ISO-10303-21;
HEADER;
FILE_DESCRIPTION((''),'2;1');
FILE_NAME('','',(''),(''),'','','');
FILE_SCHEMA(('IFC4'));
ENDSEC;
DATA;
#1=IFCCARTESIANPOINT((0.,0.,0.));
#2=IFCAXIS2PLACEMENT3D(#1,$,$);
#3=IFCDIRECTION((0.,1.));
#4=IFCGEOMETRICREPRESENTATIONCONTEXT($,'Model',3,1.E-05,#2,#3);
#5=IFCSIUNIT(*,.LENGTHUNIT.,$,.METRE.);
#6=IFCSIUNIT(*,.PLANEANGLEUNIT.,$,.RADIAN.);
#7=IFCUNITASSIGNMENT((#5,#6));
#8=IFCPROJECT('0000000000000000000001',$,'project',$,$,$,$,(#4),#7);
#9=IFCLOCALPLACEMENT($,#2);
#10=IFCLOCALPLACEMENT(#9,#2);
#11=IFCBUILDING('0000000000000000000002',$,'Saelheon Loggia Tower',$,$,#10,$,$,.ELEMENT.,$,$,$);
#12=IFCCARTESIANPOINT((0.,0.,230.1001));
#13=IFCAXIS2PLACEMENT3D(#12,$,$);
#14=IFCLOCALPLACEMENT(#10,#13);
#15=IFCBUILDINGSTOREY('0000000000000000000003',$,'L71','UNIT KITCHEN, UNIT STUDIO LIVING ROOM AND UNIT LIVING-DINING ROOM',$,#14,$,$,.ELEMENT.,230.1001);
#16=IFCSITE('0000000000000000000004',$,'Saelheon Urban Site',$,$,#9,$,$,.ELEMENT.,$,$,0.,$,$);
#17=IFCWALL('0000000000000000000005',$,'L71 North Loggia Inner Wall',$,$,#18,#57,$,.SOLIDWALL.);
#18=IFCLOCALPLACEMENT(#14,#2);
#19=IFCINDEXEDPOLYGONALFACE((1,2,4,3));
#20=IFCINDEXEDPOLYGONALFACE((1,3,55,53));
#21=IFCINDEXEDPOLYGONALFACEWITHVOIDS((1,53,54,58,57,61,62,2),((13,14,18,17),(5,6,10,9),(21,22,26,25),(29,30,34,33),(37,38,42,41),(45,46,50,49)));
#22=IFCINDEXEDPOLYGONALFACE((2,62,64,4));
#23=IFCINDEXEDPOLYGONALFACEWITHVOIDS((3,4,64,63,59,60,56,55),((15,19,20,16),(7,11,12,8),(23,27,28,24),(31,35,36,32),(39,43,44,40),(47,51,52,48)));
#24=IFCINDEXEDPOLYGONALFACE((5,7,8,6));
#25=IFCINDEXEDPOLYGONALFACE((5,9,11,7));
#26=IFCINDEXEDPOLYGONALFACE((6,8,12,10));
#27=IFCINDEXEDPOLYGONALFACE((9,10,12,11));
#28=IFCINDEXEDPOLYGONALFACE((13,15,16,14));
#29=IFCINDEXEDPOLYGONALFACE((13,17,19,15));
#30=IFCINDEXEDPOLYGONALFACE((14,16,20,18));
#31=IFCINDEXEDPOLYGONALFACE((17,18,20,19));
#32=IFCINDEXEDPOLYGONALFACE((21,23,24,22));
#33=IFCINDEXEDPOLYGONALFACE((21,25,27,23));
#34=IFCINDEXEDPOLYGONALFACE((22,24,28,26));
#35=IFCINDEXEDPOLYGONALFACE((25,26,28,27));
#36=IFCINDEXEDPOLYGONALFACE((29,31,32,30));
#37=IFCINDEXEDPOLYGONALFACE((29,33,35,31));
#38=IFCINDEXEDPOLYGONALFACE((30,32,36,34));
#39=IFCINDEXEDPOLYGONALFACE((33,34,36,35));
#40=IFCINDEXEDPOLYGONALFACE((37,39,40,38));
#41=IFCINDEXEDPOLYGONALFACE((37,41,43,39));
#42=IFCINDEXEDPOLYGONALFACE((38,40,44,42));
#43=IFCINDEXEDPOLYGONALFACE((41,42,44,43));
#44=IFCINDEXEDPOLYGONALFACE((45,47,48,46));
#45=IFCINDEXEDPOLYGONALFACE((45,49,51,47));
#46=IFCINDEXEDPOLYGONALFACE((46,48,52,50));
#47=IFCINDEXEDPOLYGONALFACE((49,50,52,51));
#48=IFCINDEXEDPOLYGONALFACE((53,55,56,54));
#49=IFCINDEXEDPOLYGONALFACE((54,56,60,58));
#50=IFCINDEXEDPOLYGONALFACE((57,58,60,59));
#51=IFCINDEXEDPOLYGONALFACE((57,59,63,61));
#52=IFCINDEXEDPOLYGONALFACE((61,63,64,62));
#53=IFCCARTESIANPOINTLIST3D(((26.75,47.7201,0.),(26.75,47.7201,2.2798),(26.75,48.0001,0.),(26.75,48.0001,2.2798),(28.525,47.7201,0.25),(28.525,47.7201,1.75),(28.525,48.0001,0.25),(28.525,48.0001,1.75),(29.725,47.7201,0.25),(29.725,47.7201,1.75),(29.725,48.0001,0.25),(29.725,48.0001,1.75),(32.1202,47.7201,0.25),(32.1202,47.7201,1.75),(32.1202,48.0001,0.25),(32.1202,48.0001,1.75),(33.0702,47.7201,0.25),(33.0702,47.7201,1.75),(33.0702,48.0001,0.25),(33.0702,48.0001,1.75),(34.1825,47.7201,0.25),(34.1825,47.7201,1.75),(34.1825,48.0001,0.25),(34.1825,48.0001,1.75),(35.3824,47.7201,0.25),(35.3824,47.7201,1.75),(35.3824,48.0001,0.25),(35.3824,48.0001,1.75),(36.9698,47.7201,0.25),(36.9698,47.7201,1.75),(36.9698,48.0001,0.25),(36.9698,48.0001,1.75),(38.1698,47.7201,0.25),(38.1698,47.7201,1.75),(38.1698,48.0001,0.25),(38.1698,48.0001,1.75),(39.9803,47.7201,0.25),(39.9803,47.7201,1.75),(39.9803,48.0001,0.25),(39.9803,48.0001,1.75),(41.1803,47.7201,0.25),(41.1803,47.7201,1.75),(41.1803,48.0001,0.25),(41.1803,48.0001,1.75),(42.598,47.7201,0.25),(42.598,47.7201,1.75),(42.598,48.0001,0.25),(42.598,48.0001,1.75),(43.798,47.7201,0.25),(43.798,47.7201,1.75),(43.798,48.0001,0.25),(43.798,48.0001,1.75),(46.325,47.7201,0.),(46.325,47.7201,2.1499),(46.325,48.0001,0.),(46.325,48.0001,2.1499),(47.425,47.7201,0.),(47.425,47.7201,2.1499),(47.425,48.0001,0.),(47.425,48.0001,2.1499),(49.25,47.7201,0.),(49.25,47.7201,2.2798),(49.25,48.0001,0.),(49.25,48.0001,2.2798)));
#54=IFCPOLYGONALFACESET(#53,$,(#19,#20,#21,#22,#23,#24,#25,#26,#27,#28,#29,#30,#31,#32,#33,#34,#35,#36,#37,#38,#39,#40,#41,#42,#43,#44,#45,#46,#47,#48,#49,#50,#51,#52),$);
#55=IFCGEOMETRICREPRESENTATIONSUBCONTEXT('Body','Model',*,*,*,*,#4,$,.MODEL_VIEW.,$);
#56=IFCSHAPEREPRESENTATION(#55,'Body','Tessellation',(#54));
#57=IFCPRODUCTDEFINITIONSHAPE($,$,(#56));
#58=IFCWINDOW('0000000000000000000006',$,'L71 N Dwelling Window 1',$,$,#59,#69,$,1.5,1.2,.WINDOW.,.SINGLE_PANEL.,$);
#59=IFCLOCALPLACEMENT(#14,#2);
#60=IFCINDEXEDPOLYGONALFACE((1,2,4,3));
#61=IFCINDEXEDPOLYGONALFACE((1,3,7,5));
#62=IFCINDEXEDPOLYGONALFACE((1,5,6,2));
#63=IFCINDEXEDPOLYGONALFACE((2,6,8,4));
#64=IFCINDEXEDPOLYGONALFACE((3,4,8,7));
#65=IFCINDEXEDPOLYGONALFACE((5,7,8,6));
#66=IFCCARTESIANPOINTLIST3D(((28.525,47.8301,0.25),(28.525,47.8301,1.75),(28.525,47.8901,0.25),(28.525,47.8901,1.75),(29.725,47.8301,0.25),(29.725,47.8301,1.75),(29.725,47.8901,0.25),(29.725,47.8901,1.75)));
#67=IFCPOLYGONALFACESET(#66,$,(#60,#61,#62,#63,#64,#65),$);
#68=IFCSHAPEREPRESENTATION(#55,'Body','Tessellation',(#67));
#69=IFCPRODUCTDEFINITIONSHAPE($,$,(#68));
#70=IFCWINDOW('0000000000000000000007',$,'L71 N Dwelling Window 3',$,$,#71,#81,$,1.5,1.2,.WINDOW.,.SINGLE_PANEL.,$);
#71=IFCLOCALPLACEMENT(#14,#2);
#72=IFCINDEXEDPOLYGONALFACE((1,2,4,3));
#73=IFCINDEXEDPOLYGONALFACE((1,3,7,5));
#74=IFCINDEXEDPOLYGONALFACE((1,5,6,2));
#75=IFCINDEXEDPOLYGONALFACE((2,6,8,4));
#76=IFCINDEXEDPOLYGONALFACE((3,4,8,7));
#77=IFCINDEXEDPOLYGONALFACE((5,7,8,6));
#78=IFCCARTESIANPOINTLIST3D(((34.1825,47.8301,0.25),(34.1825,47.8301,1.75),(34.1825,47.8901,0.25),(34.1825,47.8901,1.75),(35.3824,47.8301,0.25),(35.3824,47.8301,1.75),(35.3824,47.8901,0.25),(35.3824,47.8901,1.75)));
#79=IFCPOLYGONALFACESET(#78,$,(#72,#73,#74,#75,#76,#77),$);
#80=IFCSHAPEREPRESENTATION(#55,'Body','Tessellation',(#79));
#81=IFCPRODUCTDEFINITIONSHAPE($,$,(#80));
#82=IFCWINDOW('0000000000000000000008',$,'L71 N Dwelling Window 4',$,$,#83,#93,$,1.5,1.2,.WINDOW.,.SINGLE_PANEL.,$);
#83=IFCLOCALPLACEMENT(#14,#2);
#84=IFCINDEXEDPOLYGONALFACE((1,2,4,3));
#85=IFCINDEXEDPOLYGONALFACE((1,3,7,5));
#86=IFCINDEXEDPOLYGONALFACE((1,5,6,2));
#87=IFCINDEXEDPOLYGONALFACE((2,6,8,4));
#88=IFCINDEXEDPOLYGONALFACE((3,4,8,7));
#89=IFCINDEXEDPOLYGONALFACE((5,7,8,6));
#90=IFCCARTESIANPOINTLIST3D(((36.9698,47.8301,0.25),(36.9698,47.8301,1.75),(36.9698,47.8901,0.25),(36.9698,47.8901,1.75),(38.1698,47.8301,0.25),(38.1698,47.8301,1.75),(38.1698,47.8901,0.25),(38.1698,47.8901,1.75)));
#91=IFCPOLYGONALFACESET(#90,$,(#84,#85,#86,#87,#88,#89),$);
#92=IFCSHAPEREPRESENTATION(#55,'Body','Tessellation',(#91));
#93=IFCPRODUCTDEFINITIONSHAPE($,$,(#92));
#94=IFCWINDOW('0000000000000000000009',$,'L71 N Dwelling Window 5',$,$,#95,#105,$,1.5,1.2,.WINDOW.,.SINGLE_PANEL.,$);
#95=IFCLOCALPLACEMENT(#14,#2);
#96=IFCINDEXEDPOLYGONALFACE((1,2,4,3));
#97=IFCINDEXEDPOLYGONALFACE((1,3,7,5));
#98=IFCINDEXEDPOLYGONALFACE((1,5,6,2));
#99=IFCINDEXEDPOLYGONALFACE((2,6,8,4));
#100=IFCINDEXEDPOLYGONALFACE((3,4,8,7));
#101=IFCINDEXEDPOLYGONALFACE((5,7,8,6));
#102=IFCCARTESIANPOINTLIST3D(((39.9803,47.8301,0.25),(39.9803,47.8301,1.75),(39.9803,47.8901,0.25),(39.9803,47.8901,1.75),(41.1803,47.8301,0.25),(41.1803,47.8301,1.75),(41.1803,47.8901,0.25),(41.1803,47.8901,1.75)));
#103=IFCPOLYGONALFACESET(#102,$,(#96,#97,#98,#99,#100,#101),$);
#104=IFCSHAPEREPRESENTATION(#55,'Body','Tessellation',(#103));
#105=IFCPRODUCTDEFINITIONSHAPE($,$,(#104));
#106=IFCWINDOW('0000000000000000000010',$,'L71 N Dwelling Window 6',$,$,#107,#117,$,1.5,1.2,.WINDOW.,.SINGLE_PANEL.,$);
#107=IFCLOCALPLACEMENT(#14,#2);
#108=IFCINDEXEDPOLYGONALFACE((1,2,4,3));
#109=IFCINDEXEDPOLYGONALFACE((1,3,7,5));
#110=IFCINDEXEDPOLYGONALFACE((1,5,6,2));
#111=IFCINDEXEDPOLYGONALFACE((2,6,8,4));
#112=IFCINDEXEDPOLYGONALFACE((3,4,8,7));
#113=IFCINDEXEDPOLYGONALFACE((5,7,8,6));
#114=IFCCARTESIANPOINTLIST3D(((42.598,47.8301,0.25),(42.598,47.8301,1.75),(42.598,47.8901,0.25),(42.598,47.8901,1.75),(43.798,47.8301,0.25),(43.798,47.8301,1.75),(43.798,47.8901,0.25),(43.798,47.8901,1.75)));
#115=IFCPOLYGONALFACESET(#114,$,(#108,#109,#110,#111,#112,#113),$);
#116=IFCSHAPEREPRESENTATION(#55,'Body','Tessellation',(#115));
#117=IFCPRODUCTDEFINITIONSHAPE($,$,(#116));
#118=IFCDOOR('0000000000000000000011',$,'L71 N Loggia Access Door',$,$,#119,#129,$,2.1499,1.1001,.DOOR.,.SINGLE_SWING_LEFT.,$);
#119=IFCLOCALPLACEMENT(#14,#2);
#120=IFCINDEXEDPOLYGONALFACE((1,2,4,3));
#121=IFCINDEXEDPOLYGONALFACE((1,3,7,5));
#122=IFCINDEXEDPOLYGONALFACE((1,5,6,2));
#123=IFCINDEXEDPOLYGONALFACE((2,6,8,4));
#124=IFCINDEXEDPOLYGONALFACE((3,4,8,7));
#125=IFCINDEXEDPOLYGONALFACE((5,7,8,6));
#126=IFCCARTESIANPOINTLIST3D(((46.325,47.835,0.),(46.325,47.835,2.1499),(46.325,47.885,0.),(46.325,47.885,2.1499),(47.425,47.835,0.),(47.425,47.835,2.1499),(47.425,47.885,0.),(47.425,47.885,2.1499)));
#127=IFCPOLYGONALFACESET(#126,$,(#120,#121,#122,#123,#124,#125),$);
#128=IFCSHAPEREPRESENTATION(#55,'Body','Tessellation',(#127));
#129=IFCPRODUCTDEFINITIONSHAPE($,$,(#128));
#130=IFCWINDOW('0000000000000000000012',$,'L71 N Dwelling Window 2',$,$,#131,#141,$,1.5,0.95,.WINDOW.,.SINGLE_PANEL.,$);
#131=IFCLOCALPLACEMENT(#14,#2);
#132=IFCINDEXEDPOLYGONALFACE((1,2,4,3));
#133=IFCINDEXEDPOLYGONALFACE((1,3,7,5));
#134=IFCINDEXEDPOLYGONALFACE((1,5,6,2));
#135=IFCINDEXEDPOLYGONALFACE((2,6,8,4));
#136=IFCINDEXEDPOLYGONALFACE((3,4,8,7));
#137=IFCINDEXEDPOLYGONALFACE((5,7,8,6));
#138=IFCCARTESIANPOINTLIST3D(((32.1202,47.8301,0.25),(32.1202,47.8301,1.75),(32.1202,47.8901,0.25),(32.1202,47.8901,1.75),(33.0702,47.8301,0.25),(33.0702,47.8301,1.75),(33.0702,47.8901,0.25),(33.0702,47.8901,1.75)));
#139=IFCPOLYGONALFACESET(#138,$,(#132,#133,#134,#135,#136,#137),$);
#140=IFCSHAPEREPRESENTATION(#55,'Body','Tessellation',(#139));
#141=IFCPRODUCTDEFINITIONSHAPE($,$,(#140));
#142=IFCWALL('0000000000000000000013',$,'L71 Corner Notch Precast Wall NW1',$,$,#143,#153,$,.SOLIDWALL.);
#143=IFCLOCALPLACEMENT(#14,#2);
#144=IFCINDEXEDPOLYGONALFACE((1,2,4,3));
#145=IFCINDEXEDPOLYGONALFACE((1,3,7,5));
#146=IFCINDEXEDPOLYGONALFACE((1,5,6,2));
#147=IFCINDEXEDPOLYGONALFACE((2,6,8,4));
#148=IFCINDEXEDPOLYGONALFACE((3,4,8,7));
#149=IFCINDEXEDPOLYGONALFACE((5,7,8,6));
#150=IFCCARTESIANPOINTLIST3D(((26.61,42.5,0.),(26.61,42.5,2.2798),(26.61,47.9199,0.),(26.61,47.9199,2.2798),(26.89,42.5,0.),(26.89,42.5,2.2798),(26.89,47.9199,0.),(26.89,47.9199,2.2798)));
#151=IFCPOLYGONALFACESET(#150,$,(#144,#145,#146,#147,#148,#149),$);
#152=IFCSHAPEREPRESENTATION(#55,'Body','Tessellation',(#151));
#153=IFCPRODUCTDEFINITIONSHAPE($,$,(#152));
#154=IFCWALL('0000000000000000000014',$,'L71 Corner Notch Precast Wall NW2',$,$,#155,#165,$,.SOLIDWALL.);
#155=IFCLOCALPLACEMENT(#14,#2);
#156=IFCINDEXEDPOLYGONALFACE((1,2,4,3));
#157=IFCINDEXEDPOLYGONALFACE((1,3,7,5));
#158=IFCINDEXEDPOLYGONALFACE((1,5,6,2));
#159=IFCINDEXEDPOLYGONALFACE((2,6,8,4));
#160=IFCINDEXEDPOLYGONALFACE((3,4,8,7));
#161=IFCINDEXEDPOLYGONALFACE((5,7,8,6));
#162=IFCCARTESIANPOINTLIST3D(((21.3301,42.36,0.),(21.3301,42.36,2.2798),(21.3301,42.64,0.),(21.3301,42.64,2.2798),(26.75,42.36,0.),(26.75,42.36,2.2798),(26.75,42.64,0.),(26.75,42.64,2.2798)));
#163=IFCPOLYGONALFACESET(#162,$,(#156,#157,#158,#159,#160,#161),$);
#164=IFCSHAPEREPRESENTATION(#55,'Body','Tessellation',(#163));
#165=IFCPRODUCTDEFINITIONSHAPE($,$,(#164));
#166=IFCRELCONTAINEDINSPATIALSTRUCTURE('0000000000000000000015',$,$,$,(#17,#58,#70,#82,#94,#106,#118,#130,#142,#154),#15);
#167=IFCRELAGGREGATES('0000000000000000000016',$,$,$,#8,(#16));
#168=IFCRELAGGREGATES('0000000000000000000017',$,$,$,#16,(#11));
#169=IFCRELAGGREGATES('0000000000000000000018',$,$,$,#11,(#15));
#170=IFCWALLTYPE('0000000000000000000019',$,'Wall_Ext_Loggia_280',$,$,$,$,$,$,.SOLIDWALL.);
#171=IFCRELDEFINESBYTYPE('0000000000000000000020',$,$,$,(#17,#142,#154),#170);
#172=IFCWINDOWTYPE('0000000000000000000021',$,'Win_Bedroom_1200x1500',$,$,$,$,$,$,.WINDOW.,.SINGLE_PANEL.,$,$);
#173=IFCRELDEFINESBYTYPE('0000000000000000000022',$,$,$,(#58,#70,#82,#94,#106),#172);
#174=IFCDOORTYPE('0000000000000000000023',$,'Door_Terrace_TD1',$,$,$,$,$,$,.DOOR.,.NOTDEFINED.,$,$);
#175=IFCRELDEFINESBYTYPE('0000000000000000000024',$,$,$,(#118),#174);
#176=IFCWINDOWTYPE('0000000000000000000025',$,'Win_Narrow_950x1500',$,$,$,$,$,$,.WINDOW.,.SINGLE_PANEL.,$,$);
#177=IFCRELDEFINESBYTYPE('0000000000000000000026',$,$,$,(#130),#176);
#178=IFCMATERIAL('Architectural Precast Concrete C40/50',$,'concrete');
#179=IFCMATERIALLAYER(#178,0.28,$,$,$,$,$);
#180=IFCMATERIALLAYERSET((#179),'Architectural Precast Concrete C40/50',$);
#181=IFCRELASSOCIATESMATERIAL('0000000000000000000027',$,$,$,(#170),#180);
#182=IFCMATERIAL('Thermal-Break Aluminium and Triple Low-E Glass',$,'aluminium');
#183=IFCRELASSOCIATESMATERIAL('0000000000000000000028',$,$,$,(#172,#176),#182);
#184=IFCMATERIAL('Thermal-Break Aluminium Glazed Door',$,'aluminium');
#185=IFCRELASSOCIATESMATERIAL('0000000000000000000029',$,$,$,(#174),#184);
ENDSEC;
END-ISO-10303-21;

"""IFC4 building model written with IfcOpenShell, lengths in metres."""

from ifc_helpers import new_model, si_unit, direction, frame, frame_2d, origin, place, context, subcontext, project, spatial, rectangle, extrude, source, transform, mapped, material, layer, layer_set, type_object, element, fill, save


model = new_model("IFC4")

# Units and contexts
model_context = context("Model", 3, precision=1e-05, world=origin(), true_north=direction((0.0, 1.0)))
body_context = subcontext(model_context, "Body", "Model", "MODEL_VIEW")
ifc_project = project(units=[si_unit("LENGTHUNIT", "METRE"), si_unit("PLANEANGLEUNIT", "RADIAN")], contexts=[model_context])

# Site, building, storey
site_placement = place(None, origin())
site = spatial("IfcSite", under=ifc_project, at=site_placement, Name="Saelheon Urban Site", CompositionType="ELEMENT", RefElevation=0.0)
building_placement = place(site_placement, origin())
building = spatial("IfcBuilding", under=site, at=building_placement, Name="Saelheon Loggia Tower", CompositionType="ELEMENT")
storey_placement = place(building_placement, frame((0.0, 0.0, 230.1001)))
storey = spatial("IfcBuildingStorey", under=building, at=storey_placement, Name="L71", Description="UNIT KITCHEN, UNIT STUDIO LIVING ROOM AND UNIT LIVING-DINING ROOM", CompositionType="ELEMENT", Elevation=230.1001)

# Wall, openings, windows, door
ifc_material_1 = material(Name="Architectural Precast Concrete C40/50", Category="concrete")
ifc_layer_1 = layer(ifc_material_1, 0.28)
ifc_layer_set_1 = layer_set([ifc_layer_1], Name="Architectural Precast Concrete C40/50")
wall_type_1 = type_object("IfcWallType", Name="Wall_Ext_Loggia_280", PredefinedType="SOLIDWALL", material=ifc_layer_set_1)
wall_1_placement = place(storey_placement, frame((26.75, 47.8601, 0.0), z_axis=(0.0, 0.0, 1.0), x_axis=(1.0, 0.0, 0.0)))
wall_1 = element("IfcWall", 1, at=wall_1_placement, inside=storey, type_object=wall_type_1, Name="L71 North Loggia Inner Wall", PredefinedType="SOLIDWALL", context=body_context, shape_type="SweptSolid", body=[
    extrude(rectangle(XDim=22.5, YDim=0.28, at=frame_2d((11.25, 0.0))), origin(), (0.0, 0.0, 1.0), 2.2798),
])
opening_1_placement = place(wall_1_placement, frame((1.7749, 0.0, 0.25)))
opening_1 = element("IfcOpeningElement", 2, at=opening_1_placement, cuts=wall_1, PredefinedType="OPENING", context=body_context, shape_type="SweptSolid", body=[
    extrude(rectangle(XDim=1.2, YDim=1.5, at=frame_2d((0.6001, 0.75))), frame((0.0, 0.1521, 0.0), z_axis=(0.0, -1.0, 0.0), x_axis=(1.0, 0.0, 0.0)), (0.0, 0.0, 1.0), 0.304),
])
opening_2_placement = place(wall_1_placement, frame((5.3701, 0.0, 0.25)))
opening_2 = element("IfcOpeningElement", 3, at=opening_2_placement, cuts=wall_1, PredefinedType="OPENING", context=body_context, shape_type="SweptSolid", body=[
    extrude(rectangle(XDim=0.95, YDim=1.5, at=frame_2d((0.4751, 0.75))), frame((0.0, 0.1521, 0.0), z_axis=(0.0, -1.0, 0.0), x_axis=(1.0, 0.0, 0.0)), (0.0, 0.0, 1.0), 0.304),
])
opening_3_placement = place(wall_1_placement, frame((7.4324, 0.0, 0.25)))
opening_3 = element("IfcOpeningElement", 4, at=opening_3_placement, cuts=wall_1, PredefinedType="OPENING", context=body_context, shape_type="SweptSolid", body=[
    extrude(rectangle(XDim=1.2, YDim=1.5, at=frame_2d((0.6001, 0.75))), frame((0.0, 0.1521, 0.0), z_axis=(0.0, -1.0, 0.0), x_axis=(1.0, 0.0, 0.0)), (0.0, 0.0, 1.0), 0.304),
])
opening_4_placement = place(wall_1_placement, frame((10.2197, 0.0, 0.25)))
opening_4 = element("IfcOpeningElement", 5, at=opening_4_placement, cuts=wall_1, PredefinedType="OPENING", context=body_context, shape_type="SweptSolid", body=[
    extrude(rectangle(XDim=1.2, YDim=1.5, at=frame_2d((0.6001, 0.75))), frame((0.0, 0.1521, 0.0), z_axis=(0.0, -1.0, 0.0), x_axis=(1.0, 0.0, 0.0)), (0.0, 0.0, 1.0), 0.304),
])
opening_5_placement = place(wall_1_placement, frame((13.2302, 0.0, 0.25)))
opening_5 = element("IfcOpeningElement", 6, at=opening_5_placement, cuts=wall_1, PredefinedType="OPENING", context=body_context, shape_type="SweptSolid", body=[
    extrude(rectangle(XDim=1.2, YDim=1.5, at=frame_2d((0.6001, 0.75))), frame((0.0, 0.1521, 0.0), z_axis=(0.0, -1.0, 0.0), x_axis=(1.0, 0.0, 0.0)), (0.0, 0.0, 1.0), 0.304),
])
opening_6_placement = place(wall_1_placement, frame((15.8479, 0.0, 0.25)))
opening_6 = element("IfcOpeningElement", 7, at=opening_6_placement, cuts=wall_1, PredefinedType="OPENING", context=body_context, shape_type="SweptSolid", body=[
    extrude(rectangle(XDim=1.2, YDim=1.5, at=frame_2d((0.6001, 0.75))), frame((0.0, 0.1521, 0.0), z_axis=(0.0, -1.0, 0.0), x_axis=(1.0, 0.0, 0.0)), (0.0, 0.0, 1.0), 0.304),
])
opening_7_placement = place(wall_1_placement, frame((19.575, 0.0, 0.0)))
opening_7 = element("IfcOpeningElement", 8, at=opening_7_placement, cuts=wall_1, PredefinedType="OPENING", context=body_context, shape_type="SweptSolid", body=[
    extrude(rectangle(XDim=1.1001, YDim=2.1499, at=frame_2d((0.55, 1.075))), frame((0.0, 0.1521, 0.0), z_axis=(0.0, -1.0, 0.0), x_axis=(1.0, 0.0, 0.0)), (0.0, 0.0, 1.0), 0.304),
])
ifc_material_2 = material(Name="Thermal-Break Aluminium and Triple Low-E Glass", Category="aluminium")
window_type_1 = type_object("IfcWindowType", Name="Win_Bedroom_1200x1500", PartitioningType="SINGLE_PANEL", PredefinedType="WINDOW", material=ifc_material_2)
shared_shape_1 = source(origin(), body_context, "Body", "SweptSolid", [
    extrude(rectangle(XDim=1.2, YDim=1.5, at=frame_2d((0.6001, 0.75))), frame((0.0, 0.03, 0.0), z_axis=(0.0, -1.0, 0.0), x_axis=(1.0, 0.0, 0.0)), (0.0, 0.0, 1.0), 0.0601),
])
window_1_placement = place(opening_1_placement, origin())
window_1 = element("IfcWindow", 9, at=window_1_placement, inside=storey, type_object=window_type_1, Name="L71 N Dwelling Window 1", OverallHeight=1.5, OverallWidth=1.2, PartitioningType="SINGLE_PANEL", PredefinedType="WINDOW", context=body_context, shape_type="MappedRepresentation", body=[
    mapped(shared_shape_1, transform((0.0, 0.0, 0.0), scale=1.0)),
])
fill(opening_1, window_1)
window_2_placement = place(opening_3_placement, origin())
window_2 = element("IfcWindow", 10, at=window_2_placement, inside=storey, type_object=window_type_1, Name="L71 N Dwelling Window 3", OverallHeight=1.5, OverallWidth=1.2, PartitioningType="SINGLE_PANEL", PredefinedType="WINDOW", context=body_context, shape_type="MappedRepresentation", body=[
    mapped(shared_shape_1, transform((0.0, 0.0, 0.0), scale=1.0)),
])
fill(opening_3, window_2)
window_3_placement = place(opening_4_placement, origin())
window_3 = element("IfcWindow", 11, at=window_3_placement, inside=storey, type_object=window_type_1, Name="L71 N Dwelling Window 4", OverallHeight=1.5, OverallWidth=1.2, PartitioningType="SINGLE_PANEL", PredefinedType="WINDOW", context=body_context, shape_type="MappedRepresentation", body=[
    mapped(shared_shape_1, transform((0.0, 0.0, 0.0), scale=1.0)),
])
fill(opening_4, window_3)
window_4_placement = place(opening_5_placement, origin())
window_4 = element("IfcWindow", 12, at=window_4_placement, inside=storey, type_object=window_type_1, Name="L71 N Dwelling Window 5", OverallHeight=1.5, OverallWidth=1.2, PartitioningType="SINGLE_PANEL", PredefinedType="WINDOW", context=body_context, shape_type="MappedRepresentation", body=[
    mapped(shared_shape_1, transform((0.0, 0.0, 0.0), scale=1.0)),
])
fill(opening_5, window_4)
window_5_placement = place(opening_6_placement, origin())
window_5 = element("IfcWindow", 13, at=window_5_placement, inside=storey, type_object=window_type_1, Name="L71 N Dwelling Window 6", OverallHeight=1.5, OverallWidth=1.2, PartitioningType="SINGLE_PANEL", PredefinedType="WINDOW", context=body_context, shape_type="MappedRepresentation", body=[
    mapped(shared_shape_1, transform((0.0, 0.0, 0.0), scale=1.0)),
])
fill(opening_6, window_5)
ifc_material_3 = material(Name="Thermal-Break Aluminium Glazed Door", Category="aluminium")
door_type_1 = type_object("IfcDoorType", Name="Door_Terrace_TD1", OperationType="NOTDEFINED", PredefinedType="DOOR", material=ifc_material_3)
shared_shape_2 = source(origin(), body_context, "Body", "SweptSolid", [
    extrude(rectangle(XDim=1.1001, YDim=2.1499, at=frame_2d((0.55, 1.075))), frame((0.0, 0.0249, 0.0), z_axis=(0.0, -1.0, 0.0), x_axis=(1.0, 0.0, 0.0)), (0.0, 0.0, 1.0), 0.05),
])
door_1_placement = place(opening_7_placement, origin())
door_1 = element("IfcDoor", 14, at=door_1_placement, inside=storey, type_object=door_type_1, Name="L71 N Loggia Access Door", OperationType="SINGLE_SWING_LEFT", OverallHeight=2.1499, OverallWidth=1.1001, PredefinedType="DOOR", context=body_context, shape_type="MappedRepresentation", body=[
    mapped(shared_shape_2, transform((0.0, 0.0, 0.0), scale=1.0)),
])
fill(opening_7, door_1)
window_type_2 = type_object("IfcWindowType", Name="Win_Narrow_950x1500", PartitioningType="SINGLE_PANEL", PredefinedType="WINDOW", material=ifc_material_2)
shared_shape_3 = source(origin(), body_context, "Body", "SweptSolid", [
    extrude(rectangle(XDim=0.95, YDim=1.5, at=frame_2d((0.4751, 0.75))), frame((0.0, 0.03, 0.0), z_axis=(0.0, -1.0, 0.0), x_axis=(1.0, 0.0, 0.0)), (0.0, 0.0, 1.0), 0.0601),
])
window_6_placement = place(opening_2_placement, origin())
window_6 = element("IfcWindow", 15, at=window_6_placement, inside=storey, type_object=window_type_2, Name="L71 N Dwelling Window 2", OverallHeight=1.5, OverallWidth=0.95, PartitioningType="SINGLE_PANEL", PredefinedType="WINDOW", context=body_context, shape_type="MappedRepresentation", body=[
    mapped(shared_shape_3, transform((0.0, 0.0, 0.0), scale=1.0)),
])
fill(opening_2, window_6)

# Walls
for number, where, z_axis, x_axis, name in (
    (16, (26.75, 42.5, 0.0), (0.0, 0.0, 1.0), (0.0, 1.0, 0.0), "L71 Corner Notch Precast Wall NW1"),
    (17, (21.3301, 42.5, 0.0), (0.0, 0.0, 1.0), (1.0, 0.0, 0.0), "L71 Corner Notch Precast Wall NW2"),
):
    element("IfcWall", number, at=place(storey_placement, frame(where, z_axis=z_axis, x_axis=x_axis)), inside=storey, type_object=wall_type_1, Name=name, PredefinedType="SOLIDWALL", context=body_context, shape_type="SweptSolid", body=[
        extrude(rectangle(XDim=5.4199, YDim=0.28, at=frame_2d((2.71, 0.0))), origin(), (0.0, 0.0, 1.0), 2.2798),
    ])

save(model, "model.ifc")
